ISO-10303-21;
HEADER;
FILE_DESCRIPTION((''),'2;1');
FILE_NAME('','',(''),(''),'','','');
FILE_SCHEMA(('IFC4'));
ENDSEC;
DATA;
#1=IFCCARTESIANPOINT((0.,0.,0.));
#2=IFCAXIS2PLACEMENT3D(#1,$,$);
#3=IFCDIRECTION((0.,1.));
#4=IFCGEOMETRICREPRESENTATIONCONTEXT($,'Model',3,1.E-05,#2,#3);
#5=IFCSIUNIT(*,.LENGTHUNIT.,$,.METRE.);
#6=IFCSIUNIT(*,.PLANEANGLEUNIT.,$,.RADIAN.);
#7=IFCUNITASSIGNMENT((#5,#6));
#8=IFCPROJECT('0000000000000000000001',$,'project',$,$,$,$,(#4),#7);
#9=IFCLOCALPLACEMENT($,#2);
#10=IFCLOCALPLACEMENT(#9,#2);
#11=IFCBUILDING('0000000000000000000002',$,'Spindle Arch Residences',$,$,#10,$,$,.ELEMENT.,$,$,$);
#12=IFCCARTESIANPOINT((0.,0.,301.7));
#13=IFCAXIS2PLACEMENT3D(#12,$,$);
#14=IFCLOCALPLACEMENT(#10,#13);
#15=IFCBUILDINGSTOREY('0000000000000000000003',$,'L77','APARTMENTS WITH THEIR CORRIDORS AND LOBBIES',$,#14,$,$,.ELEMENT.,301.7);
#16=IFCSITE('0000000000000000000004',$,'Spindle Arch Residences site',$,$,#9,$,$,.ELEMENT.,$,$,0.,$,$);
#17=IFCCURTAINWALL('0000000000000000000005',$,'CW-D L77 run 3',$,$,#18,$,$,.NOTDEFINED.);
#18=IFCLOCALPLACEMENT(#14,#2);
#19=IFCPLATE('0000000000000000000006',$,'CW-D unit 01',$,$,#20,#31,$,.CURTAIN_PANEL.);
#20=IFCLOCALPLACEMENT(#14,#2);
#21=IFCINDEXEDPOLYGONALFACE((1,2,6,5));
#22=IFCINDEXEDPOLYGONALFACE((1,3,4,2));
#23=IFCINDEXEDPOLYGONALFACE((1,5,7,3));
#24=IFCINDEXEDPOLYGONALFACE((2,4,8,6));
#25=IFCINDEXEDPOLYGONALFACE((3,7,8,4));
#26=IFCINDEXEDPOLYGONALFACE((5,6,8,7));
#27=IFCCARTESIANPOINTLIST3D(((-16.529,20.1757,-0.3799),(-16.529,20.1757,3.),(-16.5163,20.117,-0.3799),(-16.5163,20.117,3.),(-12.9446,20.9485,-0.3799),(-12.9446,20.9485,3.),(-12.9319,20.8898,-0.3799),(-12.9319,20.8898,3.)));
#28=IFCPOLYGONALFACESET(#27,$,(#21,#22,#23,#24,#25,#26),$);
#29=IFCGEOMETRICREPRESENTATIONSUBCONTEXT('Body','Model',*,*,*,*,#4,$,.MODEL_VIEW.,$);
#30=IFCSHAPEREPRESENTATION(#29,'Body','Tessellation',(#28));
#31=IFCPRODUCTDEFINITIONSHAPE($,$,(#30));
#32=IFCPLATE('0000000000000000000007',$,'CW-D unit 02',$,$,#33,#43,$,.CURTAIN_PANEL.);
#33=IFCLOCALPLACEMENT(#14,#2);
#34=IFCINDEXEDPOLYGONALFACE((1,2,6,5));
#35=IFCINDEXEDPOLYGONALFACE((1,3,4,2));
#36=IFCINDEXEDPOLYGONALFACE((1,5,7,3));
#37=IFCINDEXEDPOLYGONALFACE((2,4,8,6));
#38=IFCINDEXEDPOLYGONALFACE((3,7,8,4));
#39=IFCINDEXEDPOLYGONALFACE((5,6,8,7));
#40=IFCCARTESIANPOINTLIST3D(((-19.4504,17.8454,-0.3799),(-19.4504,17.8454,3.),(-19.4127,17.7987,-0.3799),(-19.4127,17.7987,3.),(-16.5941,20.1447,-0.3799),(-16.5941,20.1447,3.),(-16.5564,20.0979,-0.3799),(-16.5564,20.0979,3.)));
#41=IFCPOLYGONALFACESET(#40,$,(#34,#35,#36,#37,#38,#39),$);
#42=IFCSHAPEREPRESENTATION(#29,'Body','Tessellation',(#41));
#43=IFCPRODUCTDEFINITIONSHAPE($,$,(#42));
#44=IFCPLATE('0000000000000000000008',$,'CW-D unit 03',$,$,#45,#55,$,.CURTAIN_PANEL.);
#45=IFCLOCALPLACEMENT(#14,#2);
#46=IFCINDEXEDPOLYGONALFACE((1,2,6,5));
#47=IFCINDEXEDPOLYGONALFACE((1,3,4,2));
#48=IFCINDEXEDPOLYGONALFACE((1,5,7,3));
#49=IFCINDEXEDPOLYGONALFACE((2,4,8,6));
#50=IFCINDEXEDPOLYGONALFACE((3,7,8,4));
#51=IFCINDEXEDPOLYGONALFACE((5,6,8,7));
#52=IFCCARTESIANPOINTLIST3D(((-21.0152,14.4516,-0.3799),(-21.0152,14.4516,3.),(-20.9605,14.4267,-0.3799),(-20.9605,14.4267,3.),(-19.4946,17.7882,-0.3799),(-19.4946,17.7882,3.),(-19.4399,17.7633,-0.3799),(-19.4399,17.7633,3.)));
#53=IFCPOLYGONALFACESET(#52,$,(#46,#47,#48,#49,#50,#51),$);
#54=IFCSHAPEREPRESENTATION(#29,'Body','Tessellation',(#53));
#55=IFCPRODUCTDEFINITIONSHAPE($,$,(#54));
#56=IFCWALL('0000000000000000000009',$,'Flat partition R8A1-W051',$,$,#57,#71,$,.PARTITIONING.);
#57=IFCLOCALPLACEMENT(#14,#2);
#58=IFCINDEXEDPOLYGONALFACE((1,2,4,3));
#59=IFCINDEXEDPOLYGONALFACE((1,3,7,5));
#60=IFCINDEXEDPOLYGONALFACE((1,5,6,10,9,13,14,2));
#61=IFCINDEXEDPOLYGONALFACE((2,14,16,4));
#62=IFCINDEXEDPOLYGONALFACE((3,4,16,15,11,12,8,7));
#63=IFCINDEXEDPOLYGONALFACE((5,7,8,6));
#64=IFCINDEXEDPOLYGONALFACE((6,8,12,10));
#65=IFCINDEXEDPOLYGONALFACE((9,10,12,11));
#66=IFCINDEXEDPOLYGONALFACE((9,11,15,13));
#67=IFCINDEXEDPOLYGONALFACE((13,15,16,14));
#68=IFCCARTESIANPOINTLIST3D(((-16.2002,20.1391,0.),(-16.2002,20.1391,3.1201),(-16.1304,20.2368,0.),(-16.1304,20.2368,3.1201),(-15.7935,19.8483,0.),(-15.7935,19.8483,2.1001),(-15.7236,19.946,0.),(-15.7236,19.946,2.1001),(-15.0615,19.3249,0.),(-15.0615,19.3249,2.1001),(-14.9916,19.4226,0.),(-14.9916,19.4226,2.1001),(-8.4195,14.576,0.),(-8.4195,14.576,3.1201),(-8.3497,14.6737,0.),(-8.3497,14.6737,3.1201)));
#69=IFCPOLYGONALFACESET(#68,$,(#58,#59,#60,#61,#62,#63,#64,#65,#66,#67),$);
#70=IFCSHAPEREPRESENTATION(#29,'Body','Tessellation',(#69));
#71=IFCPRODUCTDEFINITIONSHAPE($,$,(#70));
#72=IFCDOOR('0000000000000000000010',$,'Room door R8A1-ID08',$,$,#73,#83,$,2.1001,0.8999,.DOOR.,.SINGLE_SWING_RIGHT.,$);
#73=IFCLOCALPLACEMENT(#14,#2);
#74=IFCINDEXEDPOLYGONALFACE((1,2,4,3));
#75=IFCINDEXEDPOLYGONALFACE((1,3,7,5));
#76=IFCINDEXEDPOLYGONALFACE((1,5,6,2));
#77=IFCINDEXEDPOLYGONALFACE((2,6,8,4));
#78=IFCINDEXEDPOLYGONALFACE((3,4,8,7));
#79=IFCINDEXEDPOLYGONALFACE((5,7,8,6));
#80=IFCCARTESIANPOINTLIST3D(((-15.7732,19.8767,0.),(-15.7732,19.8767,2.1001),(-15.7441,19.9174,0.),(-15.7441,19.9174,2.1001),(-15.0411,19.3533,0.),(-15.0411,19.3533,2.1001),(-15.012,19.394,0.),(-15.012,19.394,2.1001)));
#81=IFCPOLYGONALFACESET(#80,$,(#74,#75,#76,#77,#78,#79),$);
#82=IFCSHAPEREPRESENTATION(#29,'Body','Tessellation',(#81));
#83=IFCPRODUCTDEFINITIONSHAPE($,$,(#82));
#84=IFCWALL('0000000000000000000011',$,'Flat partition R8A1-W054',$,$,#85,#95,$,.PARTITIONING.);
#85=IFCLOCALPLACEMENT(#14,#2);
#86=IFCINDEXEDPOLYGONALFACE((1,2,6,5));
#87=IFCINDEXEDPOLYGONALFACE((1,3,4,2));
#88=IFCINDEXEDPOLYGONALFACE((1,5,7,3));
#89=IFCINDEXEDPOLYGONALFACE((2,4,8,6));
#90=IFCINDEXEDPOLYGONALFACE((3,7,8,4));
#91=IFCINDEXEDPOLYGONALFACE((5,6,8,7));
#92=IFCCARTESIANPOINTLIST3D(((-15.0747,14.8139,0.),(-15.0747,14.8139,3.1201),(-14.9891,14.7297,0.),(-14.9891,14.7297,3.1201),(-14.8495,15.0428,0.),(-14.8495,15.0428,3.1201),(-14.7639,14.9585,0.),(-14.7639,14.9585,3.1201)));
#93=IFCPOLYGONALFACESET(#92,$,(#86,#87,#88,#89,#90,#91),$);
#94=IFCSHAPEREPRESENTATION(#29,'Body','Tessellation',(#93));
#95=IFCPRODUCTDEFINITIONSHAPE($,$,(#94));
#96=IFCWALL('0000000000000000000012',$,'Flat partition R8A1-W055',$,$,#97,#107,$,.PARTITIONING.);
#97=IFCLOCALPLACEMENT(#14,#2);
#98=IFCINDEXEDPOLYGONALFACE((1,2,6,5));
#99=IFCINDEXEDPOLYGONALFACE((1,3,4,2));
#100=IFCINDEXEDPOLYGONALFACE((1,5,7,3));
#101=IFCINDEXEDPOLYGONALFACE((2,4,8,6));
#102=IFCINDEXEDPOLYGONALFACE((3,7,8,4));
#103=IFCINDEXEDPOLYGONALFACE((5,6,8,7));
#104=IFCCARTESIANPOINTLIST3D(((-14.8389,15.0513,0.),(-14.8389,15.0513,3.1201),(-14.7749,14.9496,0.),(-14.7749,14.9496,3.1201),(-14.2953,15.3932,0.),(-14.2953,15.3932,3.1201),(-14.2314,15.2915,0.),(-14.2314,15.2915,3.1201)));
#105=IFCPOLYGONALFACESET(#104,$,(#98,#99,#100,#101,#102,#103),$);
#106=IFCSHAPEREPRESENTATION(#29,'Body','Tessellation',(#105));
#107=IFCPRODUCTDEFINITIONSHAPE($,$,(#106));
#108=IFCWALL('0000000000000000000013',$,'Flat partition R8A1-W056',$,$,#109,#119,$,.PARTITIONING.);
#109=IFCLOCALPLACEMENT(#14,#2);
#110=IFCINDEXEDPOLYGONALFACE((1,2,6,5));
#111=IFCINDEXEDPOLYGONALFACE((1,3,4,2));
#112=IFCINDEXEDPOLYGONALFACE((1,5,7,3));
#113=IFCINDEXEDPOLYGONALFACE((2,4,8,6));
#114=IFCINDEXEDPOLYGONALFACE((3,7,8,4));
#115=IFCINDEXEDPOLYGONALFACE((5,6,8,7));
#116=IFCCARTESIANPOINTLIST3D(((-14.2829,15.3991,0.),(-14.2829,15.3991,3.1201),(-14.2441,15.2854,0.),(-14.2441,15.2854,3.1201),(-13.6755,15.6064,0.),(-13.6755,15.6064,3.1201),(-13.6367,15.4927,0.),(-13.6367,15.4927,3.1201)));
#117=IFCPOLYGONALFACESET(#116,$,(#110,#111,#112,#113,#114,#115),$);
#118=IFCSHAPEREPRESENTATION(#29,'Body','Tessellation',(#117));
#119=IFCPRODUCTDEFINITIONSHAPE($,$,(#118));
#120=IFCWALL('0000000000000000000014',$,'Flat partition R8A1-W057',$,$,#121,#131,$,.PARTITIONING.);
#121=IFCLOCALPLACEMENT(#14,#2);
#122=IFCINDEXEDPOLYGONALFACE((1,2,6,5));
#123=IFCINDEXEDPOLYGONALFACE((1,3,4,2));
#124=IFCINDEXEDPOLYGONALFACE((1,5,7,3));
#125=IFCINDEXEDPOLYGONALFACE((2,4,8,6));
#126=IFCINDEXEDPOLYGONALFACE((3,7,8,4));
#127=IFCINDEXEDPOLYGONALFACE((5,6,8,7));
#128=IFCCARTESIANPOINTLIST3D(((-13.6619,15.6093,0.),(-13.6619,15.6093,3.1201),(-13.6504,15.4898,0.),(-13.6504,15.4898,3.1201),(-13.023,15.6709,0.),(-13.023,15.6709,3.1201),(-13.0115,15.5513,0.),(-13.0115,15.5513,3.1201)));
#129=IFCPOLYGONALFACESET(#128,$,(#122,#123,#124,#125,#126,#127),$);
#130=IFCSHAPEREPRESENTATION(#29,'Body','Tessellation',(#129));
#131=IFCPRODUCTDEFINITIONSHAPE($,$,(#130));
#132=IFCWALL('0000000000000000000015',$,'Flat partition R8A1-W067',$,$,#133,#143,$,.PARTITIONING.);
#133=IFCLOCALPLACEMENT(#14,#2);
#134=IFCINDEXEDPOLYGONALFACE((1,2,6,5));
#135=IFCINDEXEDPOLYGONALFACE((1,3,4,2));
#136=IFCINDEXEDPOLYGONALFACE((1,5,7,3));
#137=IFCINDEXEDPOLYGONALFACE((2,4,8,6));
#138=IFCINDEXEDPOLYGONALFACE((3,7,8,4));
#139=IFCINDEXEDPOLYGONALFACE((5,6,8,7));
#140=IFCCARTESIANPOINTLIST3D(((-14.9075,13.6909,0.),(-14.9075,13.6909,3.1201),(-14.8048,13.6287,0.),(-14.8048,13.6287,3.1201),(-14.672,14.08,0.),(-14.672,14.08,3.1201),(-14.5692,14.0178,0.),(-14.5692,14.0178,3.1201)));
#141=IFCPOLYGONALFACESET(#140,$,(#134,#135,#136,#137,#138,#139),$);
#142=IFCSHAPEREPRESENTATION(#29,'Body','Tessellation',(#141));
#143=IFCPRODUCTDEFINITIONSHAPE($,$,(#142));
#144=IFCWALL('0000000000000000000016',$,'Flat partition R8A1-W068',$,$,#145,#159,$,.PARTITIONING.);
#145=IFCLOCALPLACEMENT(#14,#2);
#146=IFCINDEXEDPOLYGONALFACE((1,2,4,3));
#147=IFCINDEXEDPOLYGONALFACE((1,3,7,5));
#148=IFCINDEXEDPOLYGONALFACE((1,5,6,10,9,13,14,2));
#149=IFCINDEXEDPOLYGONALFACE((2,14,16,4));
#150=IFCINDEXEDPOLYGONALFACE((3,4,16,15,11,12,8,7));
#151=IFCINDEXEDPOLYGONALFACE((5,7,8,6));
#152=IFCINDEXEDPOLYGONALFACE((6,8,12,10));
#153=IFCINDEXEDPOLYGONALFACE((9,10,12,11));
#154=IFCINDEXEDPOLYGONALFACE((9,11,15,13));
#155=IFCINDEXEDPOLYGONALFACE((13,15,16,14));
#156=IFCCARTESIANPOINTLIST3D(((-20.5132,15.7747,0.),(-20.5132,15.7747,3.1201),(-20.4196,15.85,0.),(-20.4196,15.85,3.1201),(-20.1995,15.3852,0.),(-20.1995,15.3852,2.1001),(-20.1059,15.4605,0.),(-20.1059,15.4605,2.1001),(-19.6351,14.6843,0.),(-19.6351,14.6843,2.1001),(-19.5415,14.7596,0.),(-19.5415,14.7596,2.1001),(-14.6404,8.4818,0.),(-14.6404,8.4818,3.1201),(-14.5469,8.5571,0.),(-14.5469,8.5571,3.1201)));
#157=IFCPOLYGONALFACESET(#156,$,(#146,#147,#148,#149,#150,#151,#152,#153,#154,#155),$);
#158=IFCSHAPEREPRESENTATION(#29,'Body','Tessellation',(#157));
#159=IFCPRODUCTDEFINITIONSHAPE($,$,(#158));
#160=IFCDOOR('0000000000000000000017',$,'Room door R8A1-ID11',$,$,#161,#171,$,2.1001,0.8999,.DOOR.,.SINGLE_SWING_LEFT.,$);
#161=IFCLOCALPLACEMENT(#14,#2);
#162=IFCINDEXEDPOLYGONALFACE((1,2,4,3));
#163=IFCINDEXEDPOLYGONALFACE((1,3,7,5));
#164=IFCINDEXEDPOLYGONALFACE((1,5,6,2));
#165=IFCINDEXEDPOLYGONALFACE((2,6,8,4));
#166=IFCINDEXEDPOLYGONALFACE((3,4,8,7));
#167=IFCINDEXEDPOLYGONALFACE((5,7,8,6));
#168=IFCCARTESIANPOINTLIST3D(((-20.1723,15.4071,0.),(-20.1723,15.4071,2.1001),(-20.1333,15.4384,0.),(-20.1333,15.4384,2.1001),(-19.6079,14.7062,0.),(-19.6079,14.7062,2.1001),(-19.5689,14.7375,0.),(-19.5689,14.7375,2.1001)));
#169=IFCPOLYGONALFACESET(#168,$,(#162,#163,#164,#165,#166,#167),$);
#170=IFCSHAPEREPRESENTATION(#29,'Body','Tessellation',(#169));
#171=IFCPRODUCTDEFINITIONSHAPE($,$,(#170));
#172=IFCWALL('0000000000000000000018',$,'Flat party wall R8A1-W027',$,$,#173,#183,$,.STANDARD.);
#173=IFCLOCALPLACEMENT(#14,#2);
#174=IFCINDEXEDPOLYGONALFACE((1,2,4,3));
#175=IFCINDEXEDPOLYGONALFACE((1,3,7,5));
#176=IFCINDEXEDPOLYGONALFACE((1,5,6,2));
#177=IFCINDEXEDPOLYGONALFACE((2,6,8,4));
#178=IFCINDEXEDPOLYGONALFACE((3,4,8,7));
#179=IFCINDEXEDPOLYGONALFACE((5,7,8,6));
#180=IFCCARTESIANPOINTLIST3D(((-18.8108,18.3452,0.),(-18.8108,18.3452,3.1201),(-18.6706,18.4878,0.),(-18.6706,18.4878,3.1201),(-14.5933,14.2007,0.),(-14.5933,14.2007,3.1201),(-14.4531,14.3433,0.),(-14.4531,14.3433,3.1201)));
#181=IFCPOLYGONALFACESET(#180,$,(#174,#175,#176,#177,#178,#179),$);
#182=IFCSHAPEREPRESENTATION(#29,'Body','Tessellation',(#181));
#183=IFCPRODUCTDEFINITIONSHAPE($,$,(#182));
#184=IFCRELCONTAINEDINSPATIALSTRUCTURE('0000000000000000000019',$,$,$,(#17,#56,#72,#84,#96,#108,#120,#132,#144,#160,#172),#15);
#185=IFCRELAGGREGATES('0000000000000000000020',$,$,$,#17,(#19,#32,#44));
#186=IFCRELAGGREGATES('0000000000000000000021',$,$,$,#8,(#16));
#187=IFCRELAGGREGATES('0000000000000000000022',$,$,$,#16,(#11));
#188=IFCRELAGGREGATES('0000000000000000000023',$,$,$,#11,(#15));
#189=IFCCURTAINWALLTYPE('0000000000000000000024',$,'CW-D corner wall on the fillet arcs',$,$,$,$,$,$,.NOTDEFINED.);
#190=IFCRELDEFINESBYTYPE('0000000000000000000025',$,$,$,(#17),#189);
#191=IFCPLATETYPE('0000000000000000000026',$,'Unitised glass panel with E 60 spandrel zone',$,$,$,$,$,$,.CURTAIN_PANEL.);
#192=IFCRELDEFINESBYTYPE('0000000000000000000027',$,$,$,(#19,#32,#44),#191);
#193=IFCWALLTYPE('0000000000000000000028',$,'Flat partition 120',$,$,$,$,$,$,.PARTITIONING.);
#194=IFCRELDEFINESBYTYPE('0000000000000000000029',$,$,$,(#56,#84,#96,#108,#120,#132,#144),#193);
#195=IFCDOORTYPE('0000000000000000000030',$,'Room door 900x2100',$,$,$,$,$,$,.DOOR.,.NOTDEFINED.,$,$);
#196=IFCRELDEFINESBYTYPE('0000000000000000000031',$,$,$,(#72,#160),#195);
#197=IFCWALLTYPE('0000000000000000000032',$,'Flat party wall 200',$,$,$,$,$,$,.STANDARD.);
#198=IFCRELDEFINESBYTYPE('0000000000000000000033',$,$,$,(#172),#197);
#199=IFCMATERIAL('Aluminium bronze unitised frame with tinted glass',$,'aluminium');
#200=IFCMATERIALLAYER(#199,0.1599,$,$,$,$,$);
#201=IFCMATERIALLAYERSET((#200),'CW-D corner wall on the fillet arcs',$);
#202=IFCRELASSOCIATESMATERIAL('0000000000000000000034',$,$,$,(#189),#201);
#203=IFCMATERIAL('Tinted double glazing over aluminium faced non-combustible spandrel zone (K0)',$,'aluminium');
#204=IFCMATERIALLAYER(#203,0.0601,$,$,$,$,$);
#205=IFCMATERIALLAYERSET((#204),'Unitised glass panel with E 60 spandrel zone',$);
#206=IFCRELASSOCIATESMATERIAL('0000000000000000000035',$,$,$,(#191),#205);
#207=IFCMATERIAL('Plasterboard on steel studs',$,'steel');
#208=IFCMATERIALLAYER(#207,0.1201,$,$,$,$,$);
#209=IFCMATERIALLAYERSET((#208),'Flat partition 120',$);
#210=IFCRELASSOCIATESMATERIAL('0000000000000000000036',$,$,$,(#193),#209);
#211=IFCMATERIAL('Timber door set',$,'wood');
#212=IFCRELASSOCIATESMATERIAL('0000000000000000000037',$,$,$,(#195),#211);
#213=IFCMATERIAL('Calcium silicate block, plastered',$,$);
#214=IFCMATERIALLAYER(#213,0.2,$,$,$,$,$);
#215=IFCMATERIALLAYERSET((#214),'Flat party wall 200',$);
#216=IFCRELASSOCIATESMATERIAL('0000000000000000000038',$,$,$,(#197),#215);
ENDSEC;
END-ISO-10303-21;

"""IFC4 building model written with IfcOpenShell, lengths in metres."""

from ifc_helpers import new_model, si_unit, direction, frame, frame_2d, origin, origin_2d, place, context, subcontext, project, spatial, rectangle, extrude, material, layer, layer_set, type_object, element, fill, aggregate, save


model = new_model("IFC4")

# Units and contexts
model_context = context("Model", 3, precision=1e-05, world=origin(), true_north=direction((0.0, 1.0)))
body_context = subcontext(model_context, "Body", "Model", "MODEL_VIEW")
ifc_project = project(units=[si_unit("LENGTHUNIT", "METRE"), si_unit("PLANEANGLEUNIT", "RADIAN")], contexts=[model_context])

# Site, building, storey
site_placement = place(None, origin())
site = spatial("IfcSite", under=ifc_project, at=site_placement, Name="Spindle Arch Residences site", CompositionType="ELEMENT", RefElevation=0.0)
building_placement = place(site_placement, origin())
building = spatial("IfcBuilding", under=site, at=building_placement, Name="Spindle Arch Residences", CompositionType="ELEMENT")
storey_placement = place(building_placement, frame((0.0, 0.0, 301.7)))
storey = spatial("IfcBuildingStorey", under=building, at=storey_placement, Name="L77", Description="APARTMENTS WITH THEIR CORRIDORS AND LOBBIES", CompositionType="ELEMENT", Elevation=301.7)

# Curtain wall
ifc_material_1 = material(Name="Aluminium bronze unitised frame with tinted glass", Category="aluminium")
ifc_layer_1 = layer(ifc_material_1, 0.1599)
ifc_layer_set_1 = layer_set([ifc_layer_1], Name="CW-D corner wall on the fillet arcs")
curtain_wall_type = type_object("IfcCurtainWallType", Name="CW-D corner wall on the fillet arcs", PredefinedType="NOTDEFINED", material=ifc_layer_set_1)
curtain_wall_placement = place(storey_placement, origin())
curtain_wall = element("IfcCurtainWall", 1, at=curtain_wall_placement, inside=storey, type_object=curtain_wall_type, Name="CW-D L77 run 3", PredefinedType="NOTDEFINED")

# Plates
ifc_material_2 = material(Name="Tinted double glazing over aluminium faced non-combustible spandrel zone (K0)", Category="aluminium")
ifc_layer_2 = layer(ifc_material_2, 0.0601)
ifc_layer_set_2 = layer_set([ifc_layer_2], Name="Unitised glass panel with E 60 spandrel zone")
plate_type = type_object("IfcPlateType", Name="Unitised glass panel with E 60 spandrel zone", PredefinedType="CURTAIN_PANEL", material=ifc_layer_set_2)
plate_1_placement = place(storey_placement, frame((-14.7305, 20.5327, -0.3799), z_axis=(0.0, 0.0, 1.0), x_axis=(-0.977539, -0.210756, 0.0)))
plate_1 = element("IfcPlate", 2, at=plate_1_placement, type_object=plate_type, Name="CW-D unit 01", PredefinedType="CURTAIN_PANEL", context=body_context, shape_type="SweptSolid", body=[
    extrude(rectangle(XDim=3.6667, YDim=0.0601, at=origin_2d()), origin(), (0.0, 0.0, 1.0), 3.3799),
])
plate_2_placement = place(storey_placement, frame((-18.0034, 18.9717, -0.3799), z_axis=(0.0, 0.0, 1.0), x_axis=(-0.778973, -0.627057, 0.0)))
plate_2 = element("IfcPlate", 3, at=plate_2_placement, type_object=plate_type, Name="CW-D unit 02", PredefinedType="CURTAIN_PANEL", context=body_context, shape_type="SweptSolid", body=[
    extrude(rectangle(XDim=3.6667, YDim=0.0601, at=origin_2d()), origin(), (0.0, 0.0, 1.0), 3.3799),
])
plate_3_placement = place(storey_placement, frame((-20.2275, 16.1074, -0.3799), z_axis=(0.0, 0.0, 1.0), x_axis=(-0.414693, -0.909961, 0.0)))
plate_3 = element("IfcPlate", 4, at=plate_3_placement, type_object=plate_type, Name="CW-D unit 03", PredefinedType="CURTAIN_PANEL", context=body_context, shape_type="SweptSolid", body=[
    extrude(rectangle(XDim=3.6667, YDim=0.0601, at=origin_2d()), origin(), (0.0, 0.0, 1.0), 3.3799),
])
aggregate(curtain_wall, [plate_1, plate_2, plate_3])

# Wall, opening, door
ifc_material_3 = material(Name="Plasterboard on steel studs", Category="steel")
ifc_layer_3 = layer(ifc_material_3, 0.1201)
ifc_layer_set_3 = layer_set([ifc_layer_3], Name="Flat partition 120")
wall_type_1 = type_object("IfcWallType", Name="Flat partition 120", PredefinedType="PARTITIONING", material=ifc_layer_set_3)
wall_1_placement = place(storey_placement, frame((-16.1653, 20.188, 0.0), z_axis=(0.0, 0.0, 1.0), x_axis=(0.813459, -0.581622, 0.0)))
wall_1 = element("IfcWall", 5, at=wall_1_placement, inside=storey, type_object=wall_type_1, Name="Flat partition R8A1-W051", PredefinedType="PARTITIONING", context=body_context, shape_type="SweptSolid", body=[
    extrude(rectangle(XDim=9.5649, YDim=0.1201, at=frame_2d((4.7825, 0.0))), origin(), (0.0, 0.0, 1.0), 3.1201),
])
opening_1_placement = place(wall_1_placement, frame((0.5, 0.0, 0.0)))
opening_1 = element("IfcOpeningElement", 6, at=opening_1_placement, cuts=wall_1, PredefinedType="OPENING", context=body_context, shape_type="SweptSolid", body=[
    extrude(rectangle(XDim=0.8999, YDim=2.1001, at=frame_2d((0.45, 1.05))), frame((0.0, 0.0701, 0.0), z_axis=(0.0, -1.0, 0.0), x_axis=(1.0, 0.0, 0.0)), (0.0, 0.0, 1.0), 0.1401),
])
ifc_material_4 = material(Name="Timber door set", Category="wood")
door_type = type_object("IfcDoorType", Name="Room door 900x2100", OperationType="NOTDEFINED", PredefinedType="DOOR", material=ifc_material_4)
door_1_placement = place(opening_1_placement, origin())
door_1 = element("IfcDoor", 7, at=door_1_placement, inside=storey, type_object=door_type, Name="Room door R8A1-ID08", OperationType="SINGLE_SWING_RIGHT", OverallHeight=2.1001, OverallWidth=0.8999, PredefinedType="DOOR", context=body_context, shape_type="SweptSolid", body=[
    extrude(rectangle(XDim=0.8999, YDim=2.1001, at=frame_2d((0.45, 1.05))), frame((0.0, 0.0249, 0.0), z_axis=(0.0, -1.0, 0.0), x_axis=(1.0, 0.0, 0.0)), (0.0, 0.0, 1.0), 0.05),
])
fill(opening_1, door_1)

# Walls
wall_2_placement = place(storey_placement, frame((-15.032, 14.7717, 0.0), z_axis=(0.0, 0.0, 1.0), x_axis=(0.701378, 0.712789, 0.0)))
element("IfcWall", 8, at=wall_2_placement, inside=storey, type_object=wall_type_1, Name="Flat partition R8A1-W054", PredefinedType="PARTITIONING", context=body_context, shape_type="SweptSolid", body=[
    extrude(rectangle(XDim=0.321, YDim=0.1201, at=frame_2d((0.1606, 0.0))), origin(), (0.0, 0.0, 1.0), 3.1201),
])
wall_3_placement = place(storey_placement, frame((-14.8069, 15.0005, 0.0), z_axis=(0.0, 0.0, 1.0), x_axis=(0.846499, 0.53239, 0.0)))
element("IfcWall", 9, at=wall_3_placement, inside=storey, type_object=wall_type_1, Name="Flat partition R8A1-W055", PredefinedType="PARTITIONING", context=body_context, shape_type="SweptSolid", body=[
    extrude(rectangle(XDim=0.6421, YDim=0.1201, at=frame_2d((0.321, 0.0))), origin(), (0.0, 0.0, 1.0), 3.1201),
])
for number, where, z_axis, x_axis, name in (
    (10, (-14.2634, 15.3423, 0.0), (0.0, 0.0, 1.0), (0.946415, 0.322953, 0.0), "Flat partition R8A1-W056"),
    (11, (-13.656, 15.5496, 0.0), (0.0, 0.0, 1.0), (0.995396, 0.09585, 0.0), "Flat partition R8A1-W057"),
):
    element("IfcWall", number, at=place(storey_placement, frame(where, z_axis=z_axis, x_axis=x_axis)), inside=storey, type_object=wall_type_1, Name=name, PredefinedType="PARTITIONING", context=body_context, shape_type="SweptSolid", body=[
        extrude(rectangle(XDim=0.6418, YDim=0.1201, at=frame_2d((0.3208, 0.0))), origin(), (0.0, 0.0, 1.0), 3.1201),
    ])
wall_4_placement = place(storey_placement, frame((-14.8562, 13.6597, 0.0), z_axis=(0.0, 0.0, 1.0), x_axis=(0.517885, 0.85545, 0.0)))
element("IfcWall", 12, at=wall_4_placement, inside=storey, type_object=wall_type_1, Name="Flat partition R8A1-W067", PredefinedType="PARTITIONING", context=body_context, shape_type="SweptSolid", body=[
    extrude(rectangle(XDim=0.4548, YDim=0.1201, at=frame_2d((0.2275, 0.0))), origin(), (0.0, 0.0, 1.0), 3.1201),
])

# Wall, opening, door
wall_5_placement = place(storey_placement, frame((-20.4663, 15.8123, 0.0), z_axis=(0.0, 0.0, 1.0), x_axis=(0.627194, -0.778863, 0.0)))
wall_5 = element("IfcWall", 13, at=wall_5_placement, inside=storey, type_object=wall_type_1, Name="Flat partition R8A1-W068", PredefinedType="PARTITIONING", context=body_context, shape_type="SweptSolid", body=[
    extrude(rectangle(XDim=9.3635, YDim=0.1201, at=frame_2d((4.6816, 0.0))), origin(), (0.0, 0.0, 1.0), 3.1201),
])
opening_2_placement = place(wall_5_placement, frame((0.5, 0.0, 0.0)))
opening_2 = element("IfcOpeningElement", 14, at=opening_2_placement, cuts=wall_5, PredefinedType="OPENING", context=body_context, shape_type="SweptSolid", body=[
    extrude(rectangle(XDim=0.8999, YDim=2.1001, at=frame_2d((0.45, 1.05))), frame((0.0, 0.0701, 0.0), z_axis=(0.0, -1.0, 0.0), x_axis=(1.0, 0.0, 0.0)), (0.0, 0.0, 1.0), 0.1401),
])
door_2_placement = place(opening_2_placement, origin())
door_2 = element("IfcDoor", 15, at=door_2_placement, inside=storey, type_object=door_type, Name="Room door R8A1-ID11", OperationType="SINGLE_SWING_LEFT", OverallHeight=2.1001, OverallWidth=0.8999, PredefinedType="DOOR", context=body_context, shape_type="SweptSolid", body=[
    extrude(rectangle(XDim=0.8999, YDim=2.1001, at=frame_2d((0.45, 1.05))), frame((0.0, 0.0249, 0.0), z_axis=(0.0, -1.0, 0.0), x_axis=(1.0, 0.0, 0.0)), (0.0, 0.0, 1.0), 0.05),
])
fill(opening_2, door_2)

# Wall
ifc_material_5 = material(Name="Calcium silicate block, plastered")
ifc_layer_4 = layer(ifc_material_5, 0.2)
ifc_layer_set_4 = layer_set([ifc_layer_4], Name="Flat party wall 200")
wall_type_2 = type_object("IfcWallType", Name="Flat party wall 200", PredefinedType="STANDARD", material=ifc_layer_set_4)
wall_6_placement = place(storey_placement, frame((-18.7407, 18.4165, 0.0), z_axis=(0.0, 0.0, 1.0), x_axis=(0.713252, -0.700907, 0.0)))
element("IfcWall", 16, at=wall_6_placement, inside=storey, type_object=wall_type_2, Name="Flat party wall R8A1-W027", PredefinedType="STANDARD", context=body_context, shape_type="SweptSolid", body=[
    extrude(rectangle(XDim=5.9131, YDim=0.2, at=frame_2d((2.9565, 0.0))), origin(), (0.0, 0.0, 1.0), 3.1201),
])

save(model, "model.ifc")
